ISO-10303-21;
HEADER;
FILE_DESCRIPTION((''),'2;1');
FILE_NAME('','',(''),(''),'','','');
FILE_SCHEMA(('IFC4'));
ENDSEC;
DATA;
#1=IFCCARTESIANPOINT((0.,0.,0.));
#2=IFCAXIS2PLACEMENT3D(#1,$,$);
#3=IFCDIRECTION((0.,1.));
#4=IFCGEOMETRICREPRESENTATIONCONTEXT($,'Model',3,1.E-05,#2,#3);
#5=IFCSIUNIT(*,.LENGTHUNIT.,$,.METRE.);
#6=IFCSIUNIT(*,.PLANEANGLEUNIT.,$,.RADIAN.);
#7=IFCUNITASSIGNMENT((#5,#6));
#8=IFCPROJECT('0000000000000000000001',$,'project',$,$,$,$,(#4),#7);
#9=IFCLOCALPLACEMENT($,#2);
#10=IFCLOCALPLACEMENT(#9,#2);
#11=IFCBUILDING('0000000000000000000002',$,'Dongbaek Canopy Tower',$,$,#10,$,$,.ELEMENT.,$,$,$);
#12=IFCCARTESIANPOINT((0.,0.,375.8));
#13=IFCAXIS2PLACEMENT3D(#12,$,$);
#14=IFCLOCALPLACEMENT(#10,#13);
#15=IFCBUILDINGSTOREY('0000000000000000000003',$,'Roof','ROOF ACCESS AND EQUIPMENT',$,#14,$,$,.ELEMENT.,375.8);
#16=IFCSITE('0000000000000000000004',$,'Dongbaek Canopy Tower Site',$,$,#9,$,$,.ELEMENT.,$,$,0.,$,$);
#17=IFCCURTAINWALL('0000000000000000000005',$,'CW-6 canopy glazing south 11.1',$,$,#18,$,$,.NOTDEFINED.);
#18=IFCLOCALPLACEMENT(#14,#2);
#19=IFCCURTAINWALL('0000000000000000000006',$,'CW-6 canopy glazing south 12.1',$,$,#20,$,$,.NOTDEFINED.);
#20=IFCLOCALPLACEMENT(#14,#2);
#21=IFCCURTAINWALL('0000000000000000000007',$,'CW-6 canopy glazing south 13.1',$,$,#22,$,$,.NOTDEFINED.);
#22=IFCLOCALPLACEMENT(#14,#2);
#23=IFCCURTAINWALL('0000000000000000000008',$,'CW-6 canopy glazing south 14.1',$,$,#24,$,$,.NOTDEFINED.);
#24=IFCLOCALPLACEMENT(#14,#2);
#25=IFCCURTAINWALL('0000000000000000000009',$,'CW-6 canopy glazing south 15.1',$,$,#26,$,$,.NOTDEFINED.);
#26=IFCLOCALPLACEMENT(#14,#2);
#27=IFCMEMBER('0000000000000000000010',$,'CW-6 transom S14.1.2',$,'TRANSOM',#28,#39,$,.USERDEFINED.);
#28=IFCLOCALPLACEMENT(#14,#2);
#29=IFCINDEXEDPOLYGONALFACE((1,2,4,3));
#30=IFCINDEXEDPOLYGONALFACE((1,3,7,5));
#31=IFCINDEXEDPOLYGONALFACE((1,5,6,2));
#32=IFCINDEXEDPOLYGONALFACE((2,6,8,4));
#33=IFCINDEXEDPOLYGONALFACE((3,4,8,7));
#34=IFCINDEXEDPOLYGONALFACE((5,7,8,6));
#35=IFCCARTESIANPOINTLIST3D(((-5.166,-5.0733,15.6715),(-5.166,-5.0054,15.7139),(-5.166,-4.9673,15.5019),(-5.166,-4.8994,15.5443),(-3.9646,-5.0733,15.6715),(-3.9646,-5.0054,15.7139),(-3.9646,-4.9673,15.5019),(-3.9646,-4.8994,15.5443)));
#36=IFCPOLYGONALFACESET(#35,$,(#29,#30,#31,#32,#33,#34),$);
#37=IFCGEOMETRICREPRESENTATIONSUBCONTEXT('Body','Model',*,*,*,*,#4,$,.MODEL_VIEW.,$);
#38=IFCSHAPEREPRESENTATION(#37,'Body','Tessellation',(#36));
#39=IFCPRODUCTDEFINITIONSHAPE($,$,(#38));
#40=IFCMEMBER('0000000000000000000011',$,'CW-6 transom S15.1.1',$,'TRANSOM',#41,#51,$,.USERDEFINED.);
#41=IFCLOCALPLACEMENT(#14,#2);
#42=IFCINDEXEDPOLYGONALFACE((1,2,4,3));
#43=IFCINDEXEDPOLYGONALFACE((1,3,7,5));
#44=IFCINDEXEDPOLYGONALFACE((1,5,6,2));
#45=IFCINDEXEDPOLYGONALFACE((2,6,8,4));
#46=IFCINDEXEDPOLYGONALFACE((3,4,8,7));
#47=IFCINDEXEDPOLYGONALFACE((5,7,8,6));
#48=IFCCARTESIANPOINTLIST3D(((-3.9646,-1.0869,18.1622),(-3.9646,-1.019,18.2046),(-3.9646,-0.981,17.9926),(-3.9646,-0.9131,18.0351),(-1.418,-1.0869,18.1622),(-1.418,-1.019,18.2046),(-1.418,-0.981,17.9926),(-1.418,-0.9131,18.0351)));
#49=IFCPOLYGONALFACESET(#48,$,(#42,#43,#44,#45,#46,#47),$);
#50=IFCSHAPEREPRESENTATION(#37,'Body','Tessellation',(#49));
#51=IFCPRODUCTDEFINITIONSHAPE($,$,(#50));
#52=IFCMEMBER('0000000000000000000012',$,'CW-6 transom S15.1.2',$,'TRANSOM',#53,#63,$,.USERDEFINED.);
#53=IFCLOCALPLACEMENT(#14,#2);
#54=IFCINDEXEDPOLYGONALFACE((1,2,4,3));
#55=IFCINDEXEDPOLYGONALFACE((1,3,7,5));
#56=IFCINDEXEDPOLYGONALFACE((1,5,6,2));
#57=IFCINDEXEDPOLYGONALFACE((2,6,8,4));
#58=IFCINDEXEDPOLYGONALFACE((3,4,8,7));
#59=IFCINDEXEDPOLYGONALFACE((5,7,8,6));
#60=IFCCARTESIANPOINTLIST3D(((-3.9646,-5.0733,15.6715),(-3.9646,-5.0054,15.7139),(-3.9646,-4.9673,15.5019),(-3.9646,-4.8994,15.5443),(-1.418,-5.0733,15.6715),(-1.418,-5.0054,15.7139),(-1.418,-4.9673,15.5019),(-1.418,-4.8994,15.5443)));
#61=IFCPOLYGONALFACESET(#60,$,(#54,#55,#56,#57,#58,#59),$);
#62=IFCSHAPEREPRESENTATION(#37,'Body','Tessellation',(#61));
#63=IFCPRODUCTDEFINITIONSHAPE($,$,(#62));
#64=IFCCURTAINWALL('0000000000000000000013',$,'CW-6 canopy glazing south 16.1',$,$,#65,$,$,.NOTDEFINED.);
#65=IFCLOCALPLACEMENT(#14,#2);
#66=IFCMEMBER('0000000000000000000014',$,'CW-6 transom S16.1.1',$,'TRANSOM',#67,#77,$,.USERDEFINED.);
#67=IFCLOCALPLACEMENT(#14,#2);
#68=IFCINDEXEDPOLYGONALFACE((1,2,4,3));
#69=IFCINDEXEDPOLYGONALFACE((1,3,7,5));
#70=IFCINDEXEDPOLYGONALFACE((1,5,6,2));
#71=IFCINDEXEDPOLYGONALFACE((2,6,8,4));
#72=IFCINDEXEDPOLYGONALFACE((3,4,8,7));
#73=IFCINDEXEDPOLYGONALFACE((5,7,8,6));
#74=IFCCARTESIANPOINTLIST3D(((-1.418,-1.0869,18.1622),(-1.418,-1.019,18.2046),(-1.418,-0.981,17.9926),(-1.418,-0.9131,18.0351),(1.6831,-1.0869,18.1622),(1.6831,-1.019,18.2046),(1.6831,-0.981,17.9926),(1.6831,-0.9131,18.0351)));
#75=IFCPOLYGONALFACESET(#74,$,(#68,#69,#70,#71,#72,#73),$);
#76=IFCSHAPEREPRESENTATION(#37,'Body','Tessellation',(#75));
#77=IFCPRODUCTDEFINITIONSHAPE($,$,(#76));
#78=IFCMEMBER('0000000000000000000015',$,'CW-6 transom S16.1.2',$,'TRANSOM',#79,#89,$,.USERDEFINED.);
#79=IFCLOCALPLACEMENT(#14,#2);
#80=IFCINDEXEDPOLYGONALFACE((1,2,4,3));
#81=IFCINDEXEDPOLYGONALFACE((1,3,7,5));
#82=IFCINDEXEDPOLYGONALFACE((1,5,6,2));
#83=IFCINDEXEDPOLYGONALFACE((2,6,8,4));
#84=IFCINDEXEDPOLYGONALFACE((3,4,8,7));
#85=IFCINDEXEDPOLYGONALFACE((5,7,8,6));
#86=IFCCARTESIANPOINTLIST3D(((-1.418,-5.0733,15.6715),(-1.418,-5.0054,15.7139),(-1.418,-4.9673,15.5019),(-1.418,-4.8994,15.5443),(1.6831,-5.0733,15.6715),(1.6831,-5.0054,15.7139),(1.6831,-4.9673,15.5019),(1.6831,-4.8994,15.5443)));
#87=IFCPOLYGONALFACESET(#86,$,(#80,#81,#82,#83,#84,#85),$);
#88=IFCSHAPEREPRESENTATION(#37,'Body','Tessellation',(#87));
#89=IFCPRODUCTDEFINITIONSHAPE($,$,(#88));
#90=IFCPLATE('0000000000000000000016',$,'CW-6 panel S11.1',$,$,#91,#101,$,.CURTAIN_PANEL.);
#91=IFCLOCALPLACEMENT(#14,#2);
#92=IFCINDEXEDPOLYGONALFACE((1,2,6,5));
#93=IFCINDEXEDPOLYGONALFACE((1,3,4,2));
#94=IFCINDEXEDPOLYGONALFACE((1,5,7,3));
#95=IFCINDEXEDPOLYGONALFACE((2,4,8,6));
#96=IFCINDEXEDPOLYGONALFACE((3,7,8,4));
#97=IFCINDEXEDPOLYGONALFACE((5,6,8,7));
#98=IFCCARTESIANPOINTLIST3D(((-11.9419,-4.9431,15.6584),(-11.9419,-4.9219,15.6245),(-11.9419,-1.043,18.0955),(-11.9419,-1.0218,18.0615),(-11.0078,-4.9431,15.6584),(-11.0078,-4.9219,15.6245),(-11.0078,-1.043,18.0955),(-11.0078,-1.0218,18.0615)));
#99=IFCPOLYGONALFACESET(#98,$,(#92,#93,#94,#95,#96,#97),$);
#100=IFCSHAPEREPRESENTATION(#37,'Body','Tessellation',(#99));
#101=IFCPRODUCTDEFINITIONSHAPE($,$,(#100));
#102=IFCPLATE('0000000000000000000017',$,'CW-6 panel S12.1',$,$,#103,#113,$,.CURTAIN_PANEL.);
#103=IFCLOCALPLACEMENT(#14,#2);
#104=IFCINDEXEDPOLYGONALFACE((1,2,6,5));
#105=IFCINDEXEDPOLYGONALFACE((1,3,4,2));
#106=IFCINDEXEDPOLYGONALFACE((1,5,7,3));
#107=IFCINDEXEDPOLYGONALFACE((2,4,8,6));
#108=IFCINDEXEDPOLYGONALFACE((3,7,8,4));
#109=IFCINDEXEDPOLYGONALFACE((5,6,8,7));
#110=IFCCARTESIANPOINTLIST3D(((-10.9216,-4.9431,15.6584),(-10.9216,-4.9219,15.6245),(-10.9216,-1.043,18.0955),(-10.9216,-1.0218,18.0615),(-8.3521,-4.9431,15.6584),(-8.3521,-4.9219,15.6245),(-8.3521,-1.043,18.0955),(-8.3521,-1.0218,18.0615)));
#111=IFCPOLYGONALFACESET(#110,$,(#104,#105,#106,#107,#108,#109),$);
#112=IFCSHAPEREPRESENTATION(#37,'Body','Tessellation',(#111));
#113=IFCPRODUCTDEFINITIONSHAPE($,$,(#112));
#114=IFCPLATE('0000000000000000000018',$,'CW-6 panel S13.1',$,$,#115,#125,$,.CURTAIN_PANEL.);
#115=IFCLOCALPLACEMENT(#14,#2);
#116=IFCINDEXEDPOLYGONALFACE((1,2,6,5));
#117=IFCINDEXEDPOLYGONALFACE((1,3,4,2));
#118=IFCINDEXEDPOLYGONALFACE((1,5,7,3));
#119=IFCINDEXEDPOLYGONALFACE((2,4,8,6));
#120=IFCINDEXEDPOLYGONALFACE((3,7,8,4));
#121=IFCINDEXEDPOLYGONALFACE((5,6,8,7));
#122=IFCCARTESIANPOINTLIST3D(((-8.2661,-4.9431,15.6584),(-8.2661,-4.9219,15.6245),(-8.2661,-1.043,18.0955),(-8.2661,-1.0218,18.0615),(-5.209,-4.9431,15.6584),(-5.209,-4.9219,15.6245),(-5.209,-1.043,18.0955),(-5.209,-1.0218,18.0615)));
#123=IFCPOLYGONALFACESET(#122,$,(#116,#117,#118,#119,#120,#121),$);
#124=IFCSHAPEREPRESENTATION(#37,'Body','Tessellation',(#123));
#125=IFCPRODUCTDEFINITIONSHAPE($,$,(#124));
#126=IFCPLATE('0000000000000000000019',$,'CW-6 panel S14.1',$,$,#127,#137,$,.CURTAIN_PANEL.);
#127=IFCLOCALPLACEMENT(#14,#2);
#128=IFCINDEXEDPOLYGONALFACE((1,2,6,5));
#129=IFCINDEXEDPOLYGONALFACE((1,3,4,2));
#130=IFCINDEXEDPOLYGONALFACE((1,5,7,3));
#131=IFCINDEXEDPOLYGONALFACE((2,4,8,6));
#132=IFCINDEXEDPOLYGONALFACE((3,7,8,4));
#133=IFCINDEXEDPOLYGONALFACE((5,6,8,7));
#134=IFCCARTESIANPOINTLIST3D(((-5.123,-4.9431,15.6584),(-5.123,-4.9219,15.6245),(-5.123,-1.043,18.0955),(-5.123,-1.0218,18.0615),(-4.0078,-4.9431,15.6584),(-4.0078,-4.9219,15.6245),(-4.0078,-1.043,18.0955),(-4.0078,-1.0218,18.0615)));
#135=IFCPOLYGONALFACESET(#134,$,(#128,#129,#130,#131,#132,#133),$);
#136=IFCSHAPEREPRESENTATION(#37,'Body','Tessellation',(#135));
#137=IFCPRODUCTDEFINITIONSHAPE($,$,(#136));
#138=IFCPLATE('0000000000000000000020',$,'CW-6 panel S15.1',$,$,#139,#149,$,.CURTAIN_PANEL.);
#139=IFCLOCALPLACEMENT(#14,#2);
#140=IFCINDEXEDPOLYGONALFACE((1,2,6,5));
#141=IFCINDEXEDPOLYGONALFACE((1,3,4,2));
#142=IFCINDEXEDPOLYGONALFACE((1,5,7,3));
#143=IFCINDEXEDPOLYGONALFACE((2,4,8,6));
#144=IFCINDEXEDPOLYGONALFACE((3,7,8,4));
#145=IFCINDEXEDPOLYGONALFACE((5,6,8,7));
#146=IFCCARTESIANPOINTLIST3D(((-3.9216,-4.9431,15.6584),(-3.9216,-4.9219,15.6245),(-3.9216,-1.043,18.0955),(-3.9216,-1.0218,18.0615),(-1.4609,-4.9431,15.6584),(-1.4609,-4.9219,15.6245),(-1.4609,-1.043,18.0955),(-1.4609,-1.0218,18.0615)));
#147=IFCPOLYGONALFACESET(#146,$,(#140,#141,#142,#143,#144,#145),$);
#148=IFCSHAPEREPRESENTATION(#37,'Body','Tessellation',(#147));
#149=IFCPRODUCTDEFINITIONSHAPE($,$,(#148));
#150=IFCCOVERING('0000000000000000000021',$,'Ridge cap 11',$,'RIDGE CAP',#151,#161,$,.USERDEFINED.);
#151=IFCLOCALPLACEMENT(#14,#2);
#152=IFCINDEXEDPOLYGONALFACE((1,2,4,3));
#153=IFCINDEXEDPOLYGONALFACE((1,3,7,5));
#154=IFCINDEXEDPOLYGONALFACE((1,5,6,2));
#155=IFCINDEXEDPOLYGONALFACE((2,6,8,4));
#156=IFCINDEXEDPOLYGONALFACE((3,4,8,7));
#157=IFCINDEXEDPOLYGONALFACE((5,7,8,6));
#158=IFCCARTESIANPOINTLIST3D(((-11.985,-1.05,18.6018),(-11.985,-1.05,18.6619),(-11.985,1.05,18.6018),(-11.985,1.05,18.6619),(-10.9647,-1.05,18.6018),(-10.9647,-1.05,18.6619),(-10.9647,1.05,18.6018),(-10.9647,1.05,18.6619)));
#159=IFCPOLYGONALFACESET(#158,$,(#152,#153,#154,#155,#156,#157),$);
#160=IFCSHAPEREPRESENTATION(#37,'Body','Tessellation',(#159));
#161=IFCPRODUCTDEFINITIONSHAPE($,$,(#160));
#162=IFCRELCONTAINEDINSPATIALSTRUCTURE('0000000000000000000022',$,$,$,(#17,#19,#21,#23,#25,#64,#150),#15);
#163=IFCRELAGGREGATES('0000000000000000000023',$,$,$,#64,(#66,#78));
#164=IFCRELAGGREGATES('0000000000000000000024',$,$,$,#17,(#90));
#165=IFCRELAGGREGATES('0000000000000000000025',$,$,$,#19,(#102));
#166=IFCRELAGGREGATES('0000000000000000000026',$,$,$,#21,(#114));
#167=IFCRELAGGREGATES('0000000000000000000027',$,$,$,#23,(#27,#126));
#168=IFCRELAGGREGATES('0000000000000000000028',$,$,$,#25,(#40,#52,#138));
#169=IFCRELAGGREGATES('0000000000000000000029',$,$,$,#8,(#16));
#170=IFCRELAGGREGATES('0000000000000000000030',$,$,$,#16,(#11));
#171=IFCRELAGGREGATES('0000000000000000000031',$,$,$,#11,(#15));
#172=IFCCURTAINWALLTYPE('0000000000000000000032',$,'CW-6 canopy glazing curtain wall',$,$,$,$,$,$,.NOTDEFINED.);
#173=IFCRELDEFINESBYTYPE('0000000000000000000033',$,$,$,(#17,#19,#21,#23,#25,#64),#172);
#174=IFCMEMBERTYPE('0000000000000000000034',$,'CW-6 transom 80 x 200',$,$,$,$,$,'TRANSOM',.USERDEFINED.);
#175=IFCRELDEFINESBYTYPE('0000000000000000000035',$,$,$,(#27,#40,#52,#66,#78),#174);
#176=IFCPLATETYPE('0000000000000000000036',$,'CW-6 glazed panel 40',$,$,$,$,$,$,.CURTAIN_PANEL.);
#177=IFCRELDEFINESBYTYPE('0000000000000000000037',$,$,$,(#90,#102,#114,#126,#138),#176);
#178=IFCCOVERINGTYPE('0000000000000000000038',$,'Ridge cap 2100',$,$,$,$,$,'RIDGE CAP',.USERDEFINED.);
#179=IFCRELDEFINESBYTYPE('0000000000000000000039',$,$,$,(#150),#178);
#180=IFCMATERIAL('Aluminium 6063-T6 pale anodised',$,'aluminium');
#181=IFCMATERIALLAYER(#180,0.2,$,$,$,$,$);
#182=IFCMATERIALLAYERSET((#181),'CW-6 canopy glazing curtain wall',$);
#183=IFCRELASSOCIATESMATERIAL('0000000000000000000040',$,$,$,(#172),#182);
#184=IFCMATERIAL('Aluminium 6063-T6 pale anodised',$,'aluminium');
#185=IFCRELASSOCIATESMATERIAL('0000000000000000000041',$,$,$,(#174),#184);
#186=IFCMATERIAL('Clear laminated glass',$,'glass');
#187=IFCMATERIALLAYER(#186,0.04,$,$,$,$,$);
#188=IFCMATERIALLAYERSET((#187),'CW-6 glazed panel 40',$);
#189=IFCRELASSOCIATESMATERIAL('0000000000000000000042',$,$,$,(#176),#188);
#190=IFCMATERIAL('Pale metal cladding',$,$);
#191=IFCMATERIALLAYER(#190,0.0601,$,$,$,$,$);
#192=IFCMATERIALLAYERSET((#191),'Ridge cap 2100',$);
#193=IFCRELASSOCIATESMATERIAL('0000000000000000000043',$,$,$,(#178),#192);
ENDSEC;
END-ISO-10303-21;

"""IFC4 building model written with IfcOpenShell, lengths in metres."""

from ifc_helpers import new_model, si_unit, direction, frame, origin, origin_2d, place, context, subcontext, project, spatial, polyline, rectangle, outline, extrude, material, layer, layer_set, material_profile, profile_set, type_object, element, aggregate, save


model = new_model("IFC4")

# Units and contexts
model_context = context("Model", 3, precision=1e-05, world=origin(), true_north=direction((0.0, 1.0)))
body_context = subcontext(model_context, "Body", "Model", "MODEL_VIEW")
ifc_project = project(units=[si_unit("LENGTHUNIT", "METRE"), si_unit("PLANEANGLEUNIT", "RADIAN")], contexts=[model_context])

# Site, building, storey
site_placement = place(None, origin())
site = spatial("IfcSite", under=ifc_project, at=site_placement, Name="Dongbaek Canopy Tower Site", CompositionType="ELEMENT", RefElevation=0.0)
building_placement = place(site_placement, origin())
building = spatial("IfcBuilding", under=site, at=building_placement, Name="Dongbaek Canopy Tower", CompositionType="ELEMENT")
storey_placement = place(building_placement, frame((0.0, 0.0, 375.8)))
storey = spatial("IfcBuildingStorey", under=building, at=storey_placement, Name="Roof", Description="ROOF ACCESS AND EQUIPMENT", CompositionType="ELEMENT", Elevation=375.8)

# Curtain walls
ifc_material_1 = material(Name="Aluminium 6063-T6 pale anodised", Category="aluminium")
ifc_layer_1 = layer(ifc_material_1, 0.2)
ifc_layer_set_1 = layer_set([ifc_layer_1], Name="CW-6 canopy glazing curtain wall")
curtain_wall_type = type_object("IfcCurtainWallType", Name="CW-6 canopy glazing curtain wall", PredefinedType="NOTDEFINED", material=ifc_layer_set_1)
curtain_wall_1_placement = place(storey_placement, origin())
curtain_wall_1 = element("IfcCurtainWall", 1, at=curtain_wall_1_placement, inside=storey, type_object=curtain_wall_type, Name="CW-6 canopy glazing south 11.1", PredefinedType="NOTDEFINED")
curtain_wall_2_placement = place(storey_placement, origin())
curtain_wall_2 = element("IfcCurtainWall", 2, at=curtain_wall_2_placement, inside=storey, type_object=curtain_wall_type, Name="CW-6 canopy glazing south 12.1", PredefinedType="NOTDEFINED")
curtain_wall_3_placement = place(storey_placement, origin())
curtain_wall_3 = element("IfcCurtainWall", 3, at=curtain_wall_3_placement, inside=storey, type_object=curtain_wall_type, Name="CW-6 canopy glazing south 13.1", PredefinedType="NOTDEFINED")
curtain_wall_4_placement = place(storey_placement, origin())
curtain_wall_4 = element("IfcCurtainWall", 4, at=curtain_wall_4_placement, inside=storey, type_object=curtain_wall_type, Name="CW-6 canopy glazing south 14.1", PredefinedType="NOTDEFINED")
curtain_wall_5_placement = place(storey_placement, origin())
curtain_wall_5 = element("IfcCurtainWall", 5, at=curtain_wall_5_placement, inside=storey, type_object=curtain_wall_type, Name="CW-6 canopy glazing south 15.1", PredefinedType="NOTDEFINED")

# Members
ifc_material_2 = material(Name="Aluminium 6063-T6 pale anodised", Category="aluminium")
ifc_material_profile_1 = material_profile(ifc_material_2, rectangle(XDim=0.0801, YDim=0.2, at=origin_2d()), Name="CW-6 transom 80 x 200")
ifc_profile_set_1 = profile_set([ifc_material_profile_1], Name="Aluminium 6063-T6 pale anodised")
member_type_1 = type_object("IfcMemberType", Name="CW-6 transom 80 x 200", ElementType="TRANSOM", PredefinedType="USERDEFINED", material=ifc_profile_set_1)
member_1_placement = place(storey_placement, frame((-5.166, -4.9863, 15.6079), z_axis=(1.0, 0.0, 0.0), x_axis=(0.0, 0.848048, 0.529919)))
member_1 = element("IfcMember", 6, at=member_1_placement, type_object=member_type_1, Name="CW-6 transom S14.1.2", ObjectType="TRANSOM", PredefinedType="USERDEFINED", context=body_context, shape_type="SweptSolid", body=[
    extrude(rectangle(XDim=0.0801, YDim=0.2, at=origin_2d()), origin(), (0.0, 0.0, 1.0), 1.2014),
])
member_2_placement = place(storey_placement, frame((-3.9646, -1.0, 18.0986), z_axis=(1.0, 0.0, 0.0), x_axis=(0.0, 0.848048, 0.529919)))
member_2 = element("IfcMember", 7, at=member_2_placement, type_object=member_type_1, Name="CW-6 transom S15.1.1", ObjectType="TRANSOM", PredefinedType="USERDEFINED", context=body_context, shape_type="SweptSolid", body=[
    extrude(rectangle(XDim=0.0801, YDim=0.2, at=origin_2d()), origin(), (0.0, 0.0, 1.0), 2.5466),
])
member_3_placement = place(storey_placement, frame((-3.9646, -4.9863, 15.6079), z_axis=(1.0, 0.0, 0.0), x_axis=(0.0, 0.848048, 0.529919)))
member_3 = element("IfcMember", 8, at=member_3_placement, type_object=member_type_1, Name="CW-6 transom S15.1.2", ObjectType="TRANSOM", PredefinedType="USERDEFINED", context=body_context, shape_type="SweptSolid", body=[
    extrude(rectangle(XDim=0.0801, YDim=0.2, at=origin_2d()), origin(), (0.0, 0.0, 1.0), 2.5466),
])

# Curtain wall, members
curtain_wall_6_placement = place(storey_placement, origin())
curtain_wall_6 = element("IfcCurtainWall", 9, at=curtain_wall_6_placement, inside=storey, type_object=curtain_wall_type, Name="CW-6 canopy glazing south 16.1", PredefinedType="NOTDEFINED")
member_4_placement = place(storey_placement, frame((-1.418, -1.0, 18.0986), z_axis=(1.0, 0.0, 0.0), x_axis=(0.0, 0.848048, 0.529919)))
member_4 = element("IfcMember", 10, at=member_4_placement, type_object=member_type_1, Name="CW-6 transom S16.1.1", ObjectType="TRANSOM", PredefinedType="USERDEFINED", context=body_context, shape_type="SweptSolid", body=[
    extrude(rectangle(XDim=0.0801, YDim=0.2, at=origin_2d()), origin(), (0.0, 0.0, 1.0), 3.1011),
])
member_5_placement = place(storey_placement, frame((-1.418, -4.9863, 15.6079), z_axis=(1.0, 0.0, 0.0), x_axis=(0.0, 0.848048, 0.529919)))
member_5 = element("IfcMember", 11, at=member_5_placement, type_object=member_type_1, Name="CW-6 transom S16.1.2", ObjectType="TRANSOM", PredefinedType="USERDEFINED", context=body_context, shape_type="SweptSolid", body=[
    extrude(rectangle(XDim=0.0801, YDim=0.2, at=origin_2d()), origin(), (0.0, 0.0, 1.0), 3.1011),
])
aggregate(curtain_wall_6, [member_4, member_5])

# Plates
ifc_material_3 = material(Name="Clear laminated glass", Category="glass")
ifc_layer_2 = layer(ifc_material_3, 0.04)
ifc_layer_set_2 = layer_set([ifc_layer_2], Name="CW-6 glazed panel 40")
plate_type = type_object("IfcPlateType", Name="CW-6 glazed panel 40", PredefinedType="CURTAIN_PANEL", material=ifc_layer_set_2)
plate_1_placement = place(storey_placement, frame((-11.9419, -1.043, 18.0955), z_axis=(0.0, -0.529908, 0.848055), x_axis=(1.0, 0.0, 0.0)))
plate_1 = element("IfcPlate", 12, at=plate_1_placement, type_object=plate_type, Name="CW-6 panel S11.1", PredefinedType="CURTAIN_PANEL", context=body_context, shape_type="SweptSolid", body=[
    extrude(outline(polyline([(0.0, 0.0), (0.9341, 0.0), (0.9341, -4.5989), (0.0, -4.5989), (0.0, 0.0)])), origin(), (0.0, 0.0, -1.0), 0.04),
])
aggregate(curtain_wall_1, [plate_1])
plate_2_placement = place(storey_placement, frame((-10.9216, -1.043, 18.0955), z_axis=(0.0, -0.529908, 0.848055), x_axis=(1.0, 0.0, 0.0)))
plate_2 = element("IfcPlate", 13, at=plate_2_placement, type_object=plate_type, Name="CW-6 panel S12.1", PredefinedType="CURTAIN_PANEL", context=body_context, shape_type="SweptSolid", body=[
    extrude(outline(polyline([(0.0, 0.0), (2.5696, 0.0), (2.5696, -4.5989), (0.0, -4.5989), (0.0, 0.0)])), origin(), (0.0, 0.0, -1.0), 0.04),
])
aggregate(curtain_wall_2, [plate_2])
plate_3_placement = place(storey_placement, frame((-5.209, -4.9431, 15.6584), z_axis=(0.0, -0.529908, 0.848055), x_axis=(-1.0, 0.0, 0.0)))
plate_3 = element("IfcPlate", 14, at=plate_3_placement, type_object=plate_type, Name="CW-6 panel S13.1", PredefinedType="CURTAIN_PANEL", context=body_context, shape_type="SweptSolid", body=[
    extrude(outline(polyline([(0.0, 0.0), (3.0571, 0.0), (3.0571, -4.5989), (0.0, -4.5989), (0.0, 0.0)])), origin(), (0.0, 0.0, -1.0), 0.04),
])
aggregate(curtain_wall_3, [plate_3])
plate_4_placement = place(storey_placement, frame((-4.0078, -4.9431, 15.6584), z_axis=(0.0, -0.529908, 0.848055), x_axis=(-1.0, 0.0, 0.0)))
plate_4 = element("IfcPlate", 15, at=plate_4_placement, type_object=plate_type, Name="CW-6 panel S14.1", PredefinedType="CURTAIN_PANEL", context=body_context, shape_type="SweptSolid", body=[
    extrude(outline(polyline([(0.0, 0.0), (1.1152, 0.0), (1.1152, -4.5989), (0.0, -4.5989), (0.0, 0.0)])), origin(), (0.0, 0.0, -1.0), 0.04),
])
aggregate(curtain_wall_4, [member_1, plate_4])
plate_5_placement = place(storey_placement, frame((-1.4609, -4.9431, 15.6584), z_axis=(0.0, -0.529908, 0.848055), x_axis=(-1.0, 0.0, 0.0)))
plate_5 = element("IfcPlate", 16, at=plate_5_placement, type_object=plate_type, Name="CW-6 panel S15.1", PredefinedType="CURTAIN_PANEL", context=body_context, shape_type="SweptSolid", body=[
    extrude(outline(polyline([(0.0, 0.0), (2.4607, 0.0), (2.4607, -4.5989), (0.0, -4.5989), (0.0, 0.0)])), origin(), (0.0, 0.0, -1.0), 0.04),
])
aggregate(curtain_wall_5, [member_2, member_3, plate_5])

# Covering
ifc_material_4 = material(Name="Pale metal cladding")
ifc_layer_3 = layer(ifc_material_4, 0.0601)
ifc_layer_set_3 = layer_set([ifc_layer_3], Name="Ridge cap 2100")
covering_type = type_object("IfcCoveringType", Name="Ridge cap 2100", ElementType="RIDGE CAP", PredefinedType="USERDEFINED", material=ifc_layer_set_3)
covering_placement = place(storey_placement, frame((-11.4749, 0.0, 18.6018), z_axis=(0.0, 0.0, 1.0), x_axis=(1.0, 0.0, 0.0)))
element("IfcCovering", 17, at=covering_placement, inside=storey, type_object=covering_type, Name="Ridge cap 11", ObjectType="RIDGE CAP", PredefinedType="USERDEFINED", context=body_context, shape_type="SweptSolid", body=[
    extrude(rectangle(XDim=1.0203, YDim=2.1001, at=origin_2d()), origin(), (0.0, 0.0, 1.0), 0.0601),
])

save(model, "model.ifc")
